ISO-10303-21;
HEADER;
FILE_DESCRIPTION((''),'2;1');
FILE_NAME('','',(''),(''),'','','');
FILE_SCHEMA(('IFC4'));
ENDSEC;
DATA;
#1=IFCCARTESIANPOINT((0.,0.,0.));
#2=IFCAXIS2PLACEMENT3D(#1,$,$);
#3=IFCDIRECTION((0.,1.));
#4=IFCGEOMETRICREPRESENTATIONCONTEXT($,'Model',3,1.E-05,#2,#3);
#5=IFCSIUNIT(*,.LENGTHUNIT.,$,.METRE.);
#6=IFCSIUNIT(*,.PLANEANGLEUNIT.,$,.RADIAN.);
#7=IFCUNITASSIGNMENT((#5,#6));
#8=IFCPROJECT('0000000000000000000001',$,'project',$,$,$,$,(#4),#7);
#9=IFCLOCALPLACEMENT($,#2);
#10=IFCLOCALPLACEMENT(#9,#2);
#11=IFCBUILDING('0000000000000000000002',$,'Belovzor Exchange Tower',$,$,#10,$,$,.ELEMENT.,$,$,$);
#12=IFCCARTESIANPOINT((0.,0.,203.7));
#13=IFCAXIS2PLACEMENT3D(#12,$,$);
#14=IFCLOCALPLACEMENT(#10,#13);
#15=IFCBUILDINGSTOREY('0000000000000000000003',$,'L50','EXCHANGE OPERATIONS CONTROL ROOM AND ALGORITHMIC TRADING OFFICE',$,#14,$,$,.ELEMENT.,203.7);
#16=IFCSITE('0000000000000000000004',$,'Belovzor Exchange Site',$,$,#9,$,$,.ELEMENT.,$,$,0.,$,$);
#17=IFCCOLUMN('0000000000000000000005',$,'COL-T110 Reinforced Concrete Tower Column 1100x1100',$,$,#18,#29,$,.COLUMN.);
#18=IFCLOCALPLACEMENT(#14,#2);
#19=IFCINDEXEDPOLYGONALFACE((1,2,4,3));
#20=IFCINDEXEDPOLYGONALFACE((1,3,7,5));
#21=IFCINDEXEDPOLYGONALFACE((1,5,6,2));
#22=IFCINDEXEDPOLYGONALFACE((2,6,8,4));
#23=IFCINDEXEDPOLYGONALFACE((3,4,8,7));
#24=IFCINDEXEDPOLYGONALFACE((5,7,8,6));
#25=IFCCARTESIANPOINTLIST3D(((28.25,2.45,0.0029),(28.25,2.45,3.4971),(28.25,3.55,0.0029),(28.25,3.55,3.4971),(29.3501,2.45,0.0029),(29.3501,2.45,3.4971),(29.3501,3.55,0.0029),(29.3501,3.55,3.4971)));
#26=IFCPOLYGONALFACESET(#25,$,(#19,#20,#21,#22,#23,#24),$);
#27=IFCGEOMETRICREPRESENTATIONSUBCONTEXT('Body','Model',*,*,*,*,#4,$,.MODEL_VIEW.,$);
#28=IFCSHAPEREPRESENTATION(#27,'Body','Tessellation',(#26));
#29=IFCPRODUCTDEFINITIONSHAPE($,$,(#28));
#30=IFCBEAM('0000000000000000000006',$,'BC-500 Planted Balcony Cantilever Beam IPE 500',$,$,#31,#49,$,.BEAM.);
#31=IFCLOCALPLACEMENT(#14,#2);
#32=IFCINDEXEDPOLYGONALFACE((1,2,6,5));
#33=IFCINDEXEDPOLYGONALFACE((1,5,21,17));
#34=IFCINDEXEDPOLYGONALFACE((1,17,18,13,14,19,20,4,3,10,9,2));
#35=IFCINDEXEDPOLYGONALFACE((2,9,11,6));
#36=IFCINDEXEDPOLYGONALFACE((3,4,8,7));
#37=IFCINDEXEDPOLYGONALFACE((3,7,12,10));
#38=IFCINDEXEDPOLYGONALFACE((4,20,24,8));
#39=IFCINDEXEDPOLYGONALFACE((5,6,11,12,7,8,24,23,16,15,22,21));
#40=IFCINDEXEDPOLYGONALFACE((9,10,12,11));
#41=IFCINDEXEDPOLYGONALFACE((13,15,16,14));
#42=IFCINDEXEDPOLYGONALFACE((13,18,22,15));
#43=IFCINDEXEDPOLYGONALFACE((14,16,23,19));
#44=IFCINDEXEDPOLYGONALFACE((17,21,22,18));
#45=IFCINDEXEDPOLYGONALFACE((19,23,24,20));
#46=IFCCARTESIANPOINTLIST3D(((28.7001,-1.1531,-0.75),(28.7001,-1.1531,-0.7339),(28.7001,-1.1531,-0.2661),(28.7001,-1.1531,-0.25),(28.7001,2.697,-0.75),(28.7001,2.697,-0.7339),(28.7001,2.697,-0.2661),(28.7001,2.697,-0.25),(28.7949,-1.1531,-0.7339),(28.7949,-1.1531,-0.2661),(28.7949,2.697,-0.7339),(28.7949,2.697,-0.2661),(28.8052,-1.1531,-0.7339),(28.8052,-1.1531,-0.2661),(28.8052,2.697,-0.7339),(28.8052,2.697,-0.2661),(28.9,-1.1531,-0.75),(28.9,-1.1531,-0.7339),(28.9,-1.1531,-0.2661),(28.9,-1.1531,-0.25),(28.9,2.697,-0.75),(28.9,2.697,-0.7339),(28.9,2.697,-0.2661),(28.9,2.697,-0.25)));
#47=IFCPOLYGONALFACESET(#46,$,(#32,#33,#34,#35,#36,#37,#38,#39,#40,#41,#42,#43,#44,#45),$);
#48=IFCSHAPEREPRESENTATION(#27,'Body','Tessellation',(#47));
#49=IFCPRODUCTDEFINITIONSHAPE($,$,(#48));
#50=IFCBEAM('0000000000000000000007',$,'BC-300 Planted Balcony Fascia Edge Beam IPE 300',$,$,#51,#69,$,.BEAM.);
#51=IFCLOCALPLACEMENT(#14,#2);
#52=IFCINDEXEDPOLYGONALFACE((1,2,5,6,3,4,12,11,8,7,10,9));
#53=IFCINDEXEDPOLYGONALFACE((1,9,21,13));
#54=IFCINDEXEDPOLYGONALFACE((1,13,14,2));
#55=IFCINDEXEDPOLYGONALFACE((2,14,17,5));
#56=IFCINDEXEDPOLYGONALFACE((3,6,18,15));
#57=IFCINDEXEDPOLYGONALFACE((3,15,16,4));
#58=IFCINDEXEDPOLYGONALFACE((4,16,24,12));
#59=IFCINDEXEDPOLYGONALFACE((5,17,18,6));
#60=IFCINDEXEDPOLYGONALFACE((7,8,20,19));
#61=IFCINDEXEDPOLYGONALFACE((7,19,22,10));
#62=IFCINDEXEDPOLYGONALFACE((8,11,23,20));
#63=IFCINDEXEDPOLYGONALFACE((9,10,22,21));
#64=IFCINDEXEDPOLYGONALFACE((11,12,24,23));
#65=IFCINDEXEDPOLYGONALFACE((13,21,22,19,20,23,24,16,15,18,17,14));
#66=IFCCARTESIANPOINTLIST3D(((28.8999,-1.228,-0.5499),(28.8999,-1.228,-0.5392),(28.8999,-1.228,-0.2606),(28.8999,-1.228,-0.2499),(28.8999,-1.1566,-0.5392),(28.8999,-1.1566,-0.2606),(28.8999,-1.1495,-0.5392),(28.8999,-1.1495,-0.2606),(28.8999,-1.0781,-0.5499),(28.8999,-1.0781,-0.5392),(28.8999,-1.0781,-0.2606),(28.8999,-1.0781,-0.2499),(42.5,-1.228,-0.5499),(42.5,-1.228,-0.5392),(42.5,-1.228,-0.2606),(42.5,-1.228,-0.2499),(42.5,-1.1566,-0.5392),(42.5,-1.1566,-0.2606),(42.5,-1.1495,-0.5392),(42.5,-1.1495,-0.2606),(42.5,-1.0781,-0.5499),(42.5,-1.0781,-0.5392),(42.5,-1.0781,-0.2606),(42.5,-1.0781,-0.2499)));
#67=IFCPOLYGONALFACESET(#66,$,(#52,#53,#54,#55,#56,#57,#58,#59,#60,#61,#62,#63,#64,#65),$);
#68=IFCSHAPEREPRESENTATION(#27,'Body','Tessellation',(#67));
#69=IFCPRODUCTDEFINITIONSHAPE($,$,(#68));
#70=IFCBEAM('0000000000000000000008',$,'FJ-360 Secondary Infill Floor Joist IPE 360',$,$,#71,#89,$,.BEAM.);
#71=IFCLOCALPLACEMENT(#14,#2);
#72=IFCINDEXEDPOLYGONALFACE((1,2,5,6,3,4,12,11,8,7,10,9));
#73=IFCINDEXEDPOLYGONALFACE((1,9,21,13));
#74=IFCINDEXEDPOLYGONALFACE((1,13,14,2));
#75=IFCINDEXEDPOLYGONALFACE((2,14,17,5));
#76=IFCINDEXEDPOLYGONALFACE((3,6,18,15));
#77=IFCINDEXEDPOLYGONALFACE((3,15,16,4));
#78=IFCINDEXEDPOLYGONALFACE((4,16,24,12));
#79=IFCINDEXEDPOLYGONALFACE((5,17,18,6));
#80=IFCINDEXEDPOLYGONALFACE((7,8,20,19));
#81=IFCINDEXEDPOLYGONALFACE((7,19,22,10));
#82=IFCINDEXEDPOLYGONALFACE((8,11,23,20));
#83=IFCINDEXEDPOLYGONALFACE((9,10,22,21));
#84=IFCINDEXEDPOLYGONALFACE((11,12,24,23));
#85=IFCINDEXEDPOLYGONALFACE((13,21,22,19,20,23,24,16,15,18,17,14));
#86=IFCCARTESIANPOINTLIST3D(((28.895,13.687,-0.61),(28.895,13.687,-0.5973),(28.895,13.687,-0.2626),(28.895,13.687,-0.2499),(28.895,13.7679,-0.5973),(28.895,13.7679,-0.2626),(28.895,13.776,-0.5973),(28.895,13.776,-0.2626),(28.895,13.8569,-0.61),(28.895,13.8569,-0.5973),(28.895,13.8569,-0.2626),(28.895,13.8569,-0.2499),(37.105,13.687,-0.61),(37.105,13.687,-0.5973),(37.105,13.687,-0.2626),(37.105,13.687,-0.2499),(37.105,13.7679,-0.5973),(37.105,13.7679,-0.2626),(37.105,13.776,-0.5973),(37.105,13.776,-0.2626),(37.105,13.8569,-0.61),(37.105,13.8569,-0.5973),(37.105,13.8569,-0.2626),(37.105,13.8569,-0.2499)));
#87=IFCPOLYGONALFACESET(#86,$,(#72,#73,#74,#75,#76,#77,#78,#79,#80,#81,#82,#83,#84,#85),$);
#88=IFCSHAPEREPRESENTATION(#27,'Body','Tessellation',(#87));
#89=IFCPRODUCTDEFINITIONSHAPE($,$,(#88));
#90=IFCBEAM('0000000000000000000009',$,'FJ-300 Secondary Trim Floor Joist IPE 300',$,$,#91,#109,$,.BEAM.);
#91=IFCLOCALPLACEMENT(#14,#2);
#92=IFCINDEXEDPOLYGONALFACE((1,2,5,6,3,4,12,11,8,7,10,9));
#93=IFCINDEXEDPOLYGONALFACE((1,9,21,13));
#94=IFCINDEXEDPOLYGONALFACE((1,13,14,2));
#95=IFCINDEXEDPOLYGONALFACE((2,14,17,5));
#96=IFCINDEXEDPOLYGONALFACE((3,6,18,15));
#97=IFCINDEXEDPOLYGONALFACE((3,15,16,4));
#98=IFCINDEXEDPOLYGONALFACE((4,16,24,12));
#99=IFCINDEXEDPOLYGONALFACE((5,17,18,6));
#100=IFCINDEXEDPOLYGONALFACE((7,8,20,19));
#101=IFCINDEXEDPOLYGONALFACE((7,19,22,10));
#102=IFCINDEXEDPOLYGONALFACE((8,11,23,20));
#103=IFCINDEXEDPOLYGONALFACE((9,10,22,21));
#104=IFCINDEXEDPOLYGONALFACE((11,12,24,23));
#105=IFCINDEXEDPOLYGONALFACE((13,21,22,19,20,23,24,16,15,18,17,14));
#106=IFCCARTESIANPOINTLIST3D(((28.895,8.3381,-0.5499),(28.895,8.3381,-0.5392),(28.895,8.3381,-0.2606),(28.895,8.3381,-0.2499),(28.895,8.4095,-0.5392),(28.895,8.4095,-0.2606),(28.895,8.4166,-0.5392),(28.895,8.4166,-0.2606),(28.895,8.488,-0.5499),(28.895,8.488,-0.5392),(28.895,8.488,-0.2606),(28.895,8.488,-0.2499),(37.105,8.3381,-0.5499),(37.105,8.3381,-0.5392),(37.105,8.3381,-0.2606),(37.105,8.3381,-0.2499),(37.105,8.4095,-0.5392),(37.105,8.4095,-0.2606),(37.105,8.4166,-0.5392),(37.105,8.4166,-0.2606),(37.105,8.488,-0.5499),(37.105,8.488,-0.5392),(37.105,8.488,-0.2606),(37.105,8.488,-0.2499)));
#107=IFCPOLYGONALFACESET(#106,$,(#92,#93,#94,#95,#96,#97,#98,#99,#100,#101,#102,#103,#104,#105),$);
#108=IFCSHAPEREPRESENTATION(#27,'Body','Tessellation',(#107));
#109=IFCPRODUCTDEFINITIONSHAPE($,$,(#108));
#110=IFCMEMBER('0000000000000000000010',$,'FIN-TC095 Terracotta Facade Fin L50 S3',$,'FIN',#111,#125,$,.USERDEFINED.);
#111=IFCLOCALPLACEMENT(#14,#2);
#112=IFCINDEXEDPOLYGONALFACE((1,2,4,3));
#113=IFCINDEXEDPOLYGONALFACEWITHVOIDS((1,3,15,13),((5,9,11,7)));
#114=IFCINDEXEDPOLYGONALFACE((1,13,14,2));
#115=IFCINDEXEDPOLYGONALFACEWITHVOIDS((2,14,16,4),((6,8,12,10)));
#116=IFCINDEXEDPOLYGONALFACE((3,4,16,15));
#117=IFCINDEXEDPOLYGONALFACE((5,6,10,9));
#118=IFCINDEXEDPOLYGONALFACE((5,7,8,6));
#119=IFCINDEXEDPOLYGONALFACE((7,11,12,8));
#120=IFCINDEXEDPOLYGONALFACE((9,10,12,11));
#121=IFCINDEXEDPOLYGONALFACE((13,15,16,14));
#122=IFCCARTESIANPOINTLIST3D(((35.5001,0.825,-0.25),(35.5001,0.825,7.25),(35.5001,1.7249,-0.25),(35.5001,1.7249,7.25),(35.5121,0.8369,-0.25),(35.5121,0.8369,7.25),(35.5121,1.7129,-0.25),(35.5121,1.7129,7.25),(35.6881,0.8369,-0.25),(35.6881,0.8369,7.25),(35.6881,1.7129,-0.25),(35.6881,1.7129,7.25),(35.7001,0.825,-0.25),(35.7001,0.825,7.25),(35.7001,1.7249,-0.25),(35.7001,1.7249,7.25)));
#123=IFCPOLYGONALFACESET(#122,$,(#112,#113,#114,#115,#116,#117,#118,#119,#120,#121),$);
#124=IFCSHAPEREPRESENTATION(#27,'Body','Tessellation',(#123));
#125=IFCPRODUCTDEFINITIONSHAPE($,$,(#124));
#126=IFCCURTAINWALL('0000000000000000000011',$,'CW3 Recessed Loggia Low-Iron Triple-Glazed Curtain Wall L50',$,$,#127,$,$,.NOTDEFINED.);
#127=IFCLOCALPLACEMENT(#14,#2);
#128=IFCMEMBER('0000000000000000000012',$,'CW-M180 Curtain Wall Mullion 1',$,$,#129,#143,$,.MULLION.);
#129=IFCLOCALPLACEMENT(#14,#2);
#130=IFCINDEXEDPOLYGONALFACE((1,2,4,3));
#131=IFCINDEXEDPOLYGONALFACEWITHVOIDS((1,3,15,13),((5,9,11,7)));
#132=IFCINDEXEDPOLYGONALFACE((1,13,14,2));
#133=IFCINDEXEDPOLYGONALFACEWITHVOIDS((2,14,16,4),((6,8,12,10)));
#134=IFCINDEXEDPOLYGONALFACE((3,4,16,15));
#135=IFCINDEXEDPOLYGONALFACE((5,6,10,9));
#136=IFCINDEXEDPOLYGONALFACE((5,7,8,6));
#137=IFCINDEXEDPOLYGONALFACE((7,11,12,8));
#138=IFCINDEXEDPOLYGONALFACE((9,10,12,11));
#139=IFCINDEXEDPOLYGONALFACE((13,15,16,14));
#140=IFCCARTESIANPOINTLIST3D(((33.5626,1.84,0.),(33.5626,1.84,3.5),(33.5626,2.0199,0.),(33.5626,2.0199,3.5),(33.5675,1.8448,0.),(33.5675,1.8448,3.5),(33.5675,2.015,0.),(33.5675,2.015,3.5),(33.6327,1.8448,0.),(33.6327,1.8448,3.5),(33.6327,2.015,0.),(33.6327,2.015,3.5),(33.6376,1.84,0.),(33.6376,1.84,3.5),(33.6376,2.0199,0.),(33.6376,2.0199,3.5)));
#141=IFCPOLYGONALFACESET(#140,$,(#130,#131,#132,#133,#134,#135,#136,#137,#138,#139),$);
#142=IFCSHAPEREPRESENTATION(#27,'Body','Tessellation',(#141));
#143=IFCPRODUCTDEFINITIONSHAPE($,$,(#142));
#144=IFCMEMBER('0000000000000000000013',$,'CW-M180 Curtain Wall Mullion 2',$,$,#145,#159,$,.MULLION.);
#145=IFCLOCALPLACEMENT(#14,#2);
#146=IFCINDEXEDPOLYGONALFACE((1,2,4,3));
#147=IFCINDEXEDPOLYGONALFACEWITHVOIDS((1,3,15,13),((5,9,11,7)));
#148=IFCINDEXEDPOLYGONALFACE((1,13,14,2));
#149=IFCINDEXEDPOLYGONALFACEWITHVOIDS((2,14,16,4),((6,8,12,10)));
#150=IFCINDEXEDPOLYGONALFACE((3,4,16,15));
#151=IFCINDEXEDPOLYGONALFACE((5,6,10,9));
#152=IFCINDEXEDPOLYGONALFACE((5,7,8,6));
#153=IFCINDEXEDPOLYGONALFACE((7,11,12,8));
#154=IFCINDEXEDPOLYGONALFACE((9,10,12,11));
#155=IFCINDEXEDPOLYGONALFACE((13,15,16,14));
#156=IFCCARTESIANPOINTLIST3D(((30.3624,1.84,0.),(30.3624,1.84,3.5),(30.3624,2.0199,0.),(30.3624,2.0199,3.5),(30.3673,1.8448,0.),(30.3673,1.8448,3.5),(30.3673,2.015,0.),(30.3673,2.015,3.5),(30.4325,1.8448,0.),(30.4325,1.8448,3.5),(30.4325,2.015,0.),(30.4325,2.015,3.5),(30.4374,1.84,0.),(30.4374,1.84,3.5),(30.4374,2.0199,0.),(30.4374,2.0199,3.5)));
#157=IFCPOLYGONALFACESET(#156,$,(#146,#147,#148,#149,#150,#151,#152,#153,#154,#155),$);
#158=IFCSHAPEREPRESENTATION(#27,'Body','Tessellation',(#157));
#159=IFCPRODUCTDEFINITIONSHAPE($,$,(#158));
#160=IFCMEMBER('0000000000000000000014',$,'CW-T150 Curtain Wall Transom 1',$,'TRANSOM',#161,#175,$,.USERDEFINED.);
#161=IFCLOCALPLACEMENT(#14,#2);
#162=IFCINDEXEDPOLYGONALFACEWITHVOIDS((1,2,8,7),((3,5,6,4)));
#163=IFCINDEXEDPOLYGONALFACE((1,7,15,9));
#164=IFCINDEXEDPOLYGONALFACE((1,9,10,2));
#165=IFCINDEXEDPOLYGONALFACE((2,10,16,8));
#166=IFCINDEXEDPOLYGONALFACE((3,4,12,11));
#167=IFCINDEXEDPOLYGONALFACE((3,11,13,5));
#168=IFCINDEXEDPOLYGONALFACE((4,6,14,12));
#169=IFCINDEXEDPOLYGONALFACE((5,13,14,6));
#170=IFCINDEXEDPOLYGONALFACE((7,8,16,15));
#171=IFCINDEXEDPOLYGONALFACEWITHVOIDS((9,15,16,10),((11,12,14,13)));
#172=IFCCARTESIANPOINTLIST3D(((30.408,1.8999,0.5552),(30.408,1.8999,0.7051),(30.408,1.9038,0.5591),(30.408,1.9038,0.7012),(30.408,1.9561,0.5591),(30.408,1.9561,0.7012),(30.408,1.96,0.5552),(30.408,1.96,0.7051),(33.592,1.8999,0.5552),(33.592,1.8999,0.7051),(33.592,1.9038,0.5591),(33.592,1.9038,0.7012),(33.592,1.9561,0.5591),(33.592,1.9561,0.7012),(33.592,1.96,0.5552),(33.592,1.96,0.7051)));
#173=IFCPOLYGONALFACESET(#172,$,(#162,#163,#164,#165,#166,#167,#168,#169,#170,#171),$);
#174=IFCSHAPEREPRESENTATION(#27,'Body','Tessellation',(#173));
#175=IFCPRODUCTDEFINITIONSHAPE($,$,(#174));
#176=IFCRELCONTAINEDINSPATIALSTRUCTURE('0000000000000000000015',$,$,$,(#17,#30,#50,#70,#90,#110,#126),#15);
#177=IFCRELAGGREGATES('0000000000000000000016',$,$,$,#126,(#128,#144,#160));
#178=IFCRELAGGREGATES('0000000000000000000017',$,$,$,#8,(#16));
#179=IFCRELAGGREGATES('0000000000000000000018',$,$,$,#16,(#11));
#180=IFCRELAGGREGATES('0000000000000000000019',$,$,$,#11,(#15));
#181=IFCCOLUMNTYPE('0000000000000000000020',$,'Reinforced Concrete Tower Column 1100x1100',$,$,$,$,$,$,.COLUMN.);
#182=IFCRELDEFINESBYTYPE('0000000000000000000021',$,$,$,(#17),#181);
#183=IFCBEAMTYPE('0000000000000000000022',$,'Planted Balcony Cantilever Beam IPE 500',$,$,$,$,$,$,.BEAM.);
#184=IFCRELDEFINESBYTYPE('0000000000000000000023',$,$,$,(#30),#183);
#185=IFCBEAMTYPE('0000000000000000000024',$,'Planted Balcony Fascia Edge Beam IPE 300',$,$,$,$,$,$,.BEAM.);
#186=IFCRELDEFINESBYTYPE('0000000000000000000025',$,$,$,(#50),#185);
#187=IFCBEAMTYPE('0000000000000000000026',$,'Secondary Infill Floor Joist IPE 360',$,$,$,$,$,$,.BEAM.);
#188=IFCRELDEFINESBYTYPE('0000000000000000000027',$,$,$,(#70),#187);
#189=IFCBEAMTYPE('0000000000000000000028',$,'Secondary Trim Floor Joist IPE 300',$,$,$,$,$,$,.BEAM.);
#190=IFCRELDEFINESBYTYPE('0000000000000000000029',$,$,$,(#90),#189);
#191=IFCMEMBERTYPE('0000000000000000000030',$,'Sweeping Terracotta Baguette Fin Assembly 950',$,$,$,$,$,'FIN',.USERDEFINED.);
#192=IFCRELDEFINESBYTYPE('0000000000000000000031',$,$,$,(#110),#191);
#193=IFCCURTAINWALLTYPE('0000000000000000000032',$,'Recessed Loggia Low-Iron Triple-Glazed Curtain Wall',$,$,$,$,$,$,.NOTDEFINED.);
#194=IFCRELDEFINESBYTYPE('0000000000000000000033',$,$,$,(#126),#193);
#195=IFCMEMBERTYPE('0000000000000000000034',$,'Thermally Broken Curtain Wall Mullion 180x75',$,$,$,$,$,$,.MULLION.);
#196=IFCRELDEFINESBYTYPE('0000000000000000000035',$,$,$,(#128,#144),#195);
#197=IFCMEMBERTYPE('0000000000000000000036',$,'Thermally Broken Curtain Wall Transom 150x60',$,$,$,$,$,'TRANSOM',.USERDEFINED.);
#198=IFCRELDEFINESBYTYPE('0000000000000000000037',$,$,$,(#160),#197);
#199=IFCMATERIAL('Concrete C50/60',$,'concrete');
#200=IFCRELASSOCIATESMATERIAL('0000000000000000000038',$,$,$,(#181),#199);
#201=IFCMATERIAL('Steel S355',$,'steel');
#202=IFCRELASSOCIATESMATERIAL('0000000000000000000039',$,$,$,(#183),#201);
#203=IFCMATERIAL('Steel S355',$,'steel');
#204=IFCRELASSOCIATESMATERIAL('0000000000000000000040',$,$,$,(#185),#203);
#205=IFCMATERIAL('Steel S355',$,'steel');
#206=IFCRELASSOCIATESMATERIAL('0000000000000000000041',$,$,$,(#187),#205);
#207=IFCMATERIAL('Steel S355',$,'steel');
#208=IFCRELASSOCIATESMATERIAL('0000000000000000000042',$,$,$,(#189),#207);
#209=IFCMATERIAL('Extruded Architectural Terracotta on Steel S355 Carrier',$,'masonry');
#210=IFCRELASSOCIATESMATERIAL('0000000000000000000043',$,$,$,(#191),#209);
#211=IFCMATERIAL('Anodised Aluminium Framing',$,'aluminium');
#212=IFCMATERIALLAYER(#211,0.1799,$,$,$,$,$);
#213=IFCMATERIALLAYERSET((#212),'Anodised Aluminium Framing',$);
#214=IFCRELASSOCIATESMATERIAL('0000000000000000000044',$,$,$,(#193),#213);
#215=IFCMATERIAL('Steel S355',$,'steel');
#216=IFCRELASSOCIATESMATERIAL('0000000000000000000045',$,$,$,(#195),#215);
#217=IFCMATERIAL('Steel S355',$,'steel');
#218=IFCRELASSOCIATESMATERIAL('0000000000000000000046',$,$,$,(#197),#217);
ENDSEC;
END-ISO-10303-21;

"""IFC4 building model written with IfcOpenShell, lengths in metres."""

from ifc_helpers import new_model, si_unit, direction, frame, origin, origin_2d, place, context, subcontext, project, spatial, rectangle, hollow_rectangle, i_section, extrude, material, layer, layer_set, material_profile, profile_set, type_object, element, aggregate, save


model = new_model("IFC4")

# Units and contexts
model_context = context("Model", 3, precision=1e-05, world=origin(), true_north=direction((0.0, 1.0)))
body_context = subcontext(model_context, "Body", "Model", "MODEL_VIEW")
ifc_project = project(units=[si_unit("LENGTHUNIT", "METRE"), si_unit("PLANEANGLEUNIT", "RADIAN")], contexts=[model_context])

# Site, building, storey
site_placement = place(None, origin())
site = spatial("IfcSite", under=ifc_project, at=site_placement, Name="Belovzor Exchange Site", CompositionType="ELEMENT", RefElevation=0.0)
building_placement = place(site_placement, origin())
building = spatial("IfcBuilding", under=site, at=building_placement, Name="Belovzor Exchange Tower", CompositionType="ELEMENT")
storey_placement = place(building_placement, frame((0.0, 0.0, 203.7)))
storey = spatial("IfcBuildingStorey", under=building, at=storey_placement, Name="L50", Description="EXCHANGE OPERATIONS CONTROL ROOM AND ALGORITHMIC TRADING OFFICE", CompositionType="ELEMENT", Elevation=203.7)

# Column
ifc_material_1 = material(Name="Concrete C50/60", Category="concrete")
ifc_material_profile_1 = material_profile(ifc_material_1, rectangle(XDim=1.1001, YDim=1.1001, at=origin_2d()))
ifc_profile_set_1 = profile_set([ifc_material_profile_1], Name="Concrete C50/60")
column_type = type_object("IfcColumnType", Name="Reinforced Concrete Tower Column 1100x1100", PredefinedType="COLUMN", material=ifc_profile_set_1)
column_placement = place(storey_placement, frame((28.8, 3.0, 0.0029), z_axis=(0.0, 0.0, 1.0), x_axis=(1.0, 0.0, 0.0)))
element("IfcColumn", 1, at=column_placement, inside=storey, type_object=column_type, Name="COL-T110 Reinforced Concrete Tower Column 1100x1100", PredefinedType="COLUMN", context=body_context, shape_type="SweptSolid", body=[
    extrude(rectangle(XDim=1.1001, YDim=1.1001, at=origin_2d()), origin(), (0.0, 0.0, 1.0), 3.4941),
])

# Beams
ifc_material_2 = material(Name="Steel S355", Category="steel")
ifc_material_profile_2 = material_profile(ifc_material_2, i_section(OverallWidth=0.2, OverallDepth=0.5, WebThickness=0.0103, FlangeThickness=0.0161, at=origin_2d()))
ifc_profile_set_2 = profile_set([ifc_material_profile_2], Name="Steel S355")
beam_type_1 = type_object("IfcBeamType", Name="Planted Balcony Cantilever Beam IPE 500", PredefinedType="BEAM", material=ifc_profile_set_2)
beam_1_placement = place(storey_placement, frame((28.8, 2.697, -0.5), z_axis=(0.0, -1.0, 0.0), x_axis=(1.0, 0.0, 0.0)))
element("IfcBeam", 2, at=beam_1_placement, inside=storey, type_object=beam_type_1, Name="BC-500 Planted Balcony Cantilever Beam IPE 500", PredefinedType="BEAM", context=body_context, shape_type="SweptSolid", body=[
    extrude(i_section(OverallWidth=0.2, OverallDepth=0.5, WebThickness=0.0103, FlangeThickness=0.0161, at=origin_2d()), origin(), (0.0, 0.0, 1.0), 3.8501),
])
ifc_material_3 = material(Name="Steel S355", Category="steel")
ifc_material_profile_3 = material_profile(ifc_material_3, i_section(OverallWidth=0.1499, OverallDepth=0.3, WebThickness=0.0071, FlangeThickness=0.0107, at=origin_2d()))
ifc_profile_set_3 = profile_set([ifc_material_profile_3], Name="Steel S355")
beam_type_2 = type_object("IfcBeamType", Name="Planted Balcony Fascia Edge Beam IPE 300", PredefinedType="BEAM", material=ifc_profile_set_3)
beam_2_placement = place(storey_placement, frame((28.8999, -1.1531, -0.3999), z_axis=(1.0, 0.0, 0.0), x_axis=(0.0, 1.0, 0.0)))
element("IfcBeam", 3, at=beam_2_placement, inside=storey, type_object=beam_type_2, Name="BC-300 Planted Balcony Fascia Edge Beam IPE 300", PredefinedType="BEAM", context=body_context, shape_type="SweptSolid", body=[
    extrude(i_section(OverallWidth=0.1499, OverallDepth=0.3, WebThickness=0.0071, FlangeThickness=0.0107, at=origin_2d()), origin(), (0.0, 0.0, 1.0), 13.6001),
])
ifc_material_4 = material(Name="Steel S355", Category="steel")
ifc_material_profile_4 = material_profile(ifc_material_4, i_section(OverallWidth=0.1699, OverallDepth=0.3601, WebThickness=0.0081, FlangeThickness=0.0127, at=origin_2d()))
ifc_profile_set_4 = profile_set([ifc_material_profile_4], Name="Steel S355")
beam_type_3 = type_object("IfcBeamType", Name="Secondary Infill Floor Joist IPE 360", PredefinedType="BEAM", material=ifc_profile_set_4)
beam_3_placement = place(storey_placement, frame((28.895, 13.772, -0.4299), z_axis=(1.0, 0.0, 0.0), x_axis=(0.0, 1.0, 0.0)))
element("IfcBeam", 4, at=beam_3_placement, inside=storey, type_object=beam_type_3, Name="FJ-360 Secondary Infill Floor Joist IPE 360", PredefinedType="BEAM", context=body_context, shape_type="SweptSolid", body=[
    extrude(i_section(OverallWidth=0.1699, OverallDepth=0.3601, WebThickness=0.0081, FlangeThickness=0.0127, at=origin_2d()), origin(), (0.0, 0.0, 1.0), 8.21),
])
ifc_material_5 = material(Name="Steel S355", Category="steel")
ifc_material_profile_5 = material_profile(ifc_material_5, i_section(OverallWidth=0.1499, OverallDepth=0.3, WebThickness=0.0071, FlangeThickness=0.0107, at=origin_2d()))
ifc_profile_set_5 = profile_set([ifc_material_profile_5], Name="Steel S355")
beam_type_4 = type_object("IfcBeamType", Name="Secondary Trim Floor Joist IPE 300", PredefinedType="BEAM", material=ifc_profile_set_5)
beam_4_placement = place(storey_placement, frame((28.895, 8.4131, -0.3999), z_axis=(1.0, 0.0, 0.0), x_axis=(0.0, 1.0, 0.0)))
element("IfcBeam", 5, at=beam_4_placement, inside=storey, type_object=beam_type_4, Name="FJ-300 Secondary Trim Floor Joist IPE 300", PredefinedType="BEAM", context=body_context, shape_type="SweptSolid", body=[
    extrude(i_section(OverallWidth=0.1499, OverallDepth=0.3, WebThickness=0.0071, FlangeThickness=0.0107, at=origin_2d()), origin(), (0.0, 0.0, 1.0), 8.21),
])

# Member
ifc_material_6 = material(Name="Extruded Architectural Terracotta on Steel S355 Carrier", Category="masonry")
ifc_material_profile_6 = material_profile(ifc_material_6, hollow_rectangle(XDim=0.2, YDim=0.8999, WallThickness=0.012, at=origin_2d()))
ifc_profile_set_6 = profile_set([ifc_material_profile_6], Name="Extruded Architectural Terracotta on Steel S355 Carrier")
member_type_1 = type_object("IfcMemberType", Name="Sweeping Terracotta Baguette Fin Assembly 950", ElementType="FIN", PredefinedType="USERDEFINED", material=ifc_profile_set_6)
member_1_placement = place(storey_placement, frame((35.6001, 1.2749, -0.25), z_axis=(0.0, 0.0, 1.0), x_axis=(1.0, 0.0, 0.0)))
element("IfcMember", 6, at=member_1_placement, inside=storey, type_object=member_type_1, Name="FIN-TC095 Terracotta Facade Fin L50 S3", ObjectType="FIN", PredefinedType="USERDEFINED", context=body_context, shape_type="SweptSolid", body=[
    extrude(hollow_rectangle(XDim=0.2, YDim=0.8999, WallThickness=0.012, at=origin_2d()), origin(), (0.0, 0.0, 1.0), 7.5),
])

# Curtain wall, members
ifc_material_7 = material(Name="Anodised Aluminium Framing", Category="aluminium")
ifc_layer_1 = layer(ifc_material_7, 0.1799)
ifc_layer_set_1 = layer_set([ifc_layer_1], Name="Anodised Aluminium Framing")
curtain_wall_type = type_object("IfcCurtainWallType", Name="Recessed Loggia Low-Iron Triple-Glazed Curtain Wall", PredefinedType="NOTDEFINED", material=ifc_layer_set_1)
curtain_wall_placement = place(storey_placement, origin())
curtain_wall = element("IfcCurtainWall", 7, at=curtain_wall_placement, inside=storey, type_object=curtain_wall_type, Name="CW3 Recessed Loggia Low-Iron Triple-Glazed Curtain Wall L50", PredefinedType="NOTDEFINED")
ifc_material_8 = material(Name="Steel S355", Category="steel")
ifc_material_profile_7 = material_profile(ifc_material_8, hollow_rectangle(XDim=0.075, YDim=0.1799, WallThickness=0.0049, at=origin_2d()))
ifc_profile_set_7 = profile_set([ifc_material_profile_7], Name="Steel S355")
member_type_2 = type_object("IfcMemberType", Name="Thermally Broken Curtain Wall Mullion 180x75", PredefinedType="MULLION", material=ifc_profile_set_7)
member_2_placement = place(storey_placement, frame((33.6001, 1.9299, 0.0), z_axis=(0.0, 0.0, 1.0), x_axis=(-1.0, 0.0, 0.0)))
member_2 = element("IfcMember", 8, at=member_2_placement, type_object=member_type_2, Name="CW-M180 Curtain Wall Mullion 1", PredefinedType="MULLION", context=body_context, shape_type="SweptSolid", body=[
    extrude(hollow_rectangle(XDim=0.075, YDim=0.1799, WallThickness=0.0049, at=origin_2d()), origin(), (0.0, 0.0, 1.0), 3.5),
])
member_3_placement = place(storey_placement, frame((30.3999, 1.9299, 0.0), z_axis=(0.0, 0.0, 1.0), x_axis=(-1.0, 0.0, 0.0)))
member_3 = element("IfcMember", 9, at=member_3_placement, type_object=member_type_2, Name="CW-M180 Curtain Wall Mullion 2", PredefinedType="MULLION", context=body_context, shape_type="SweptSolid", body=[
    extrude(hollow_rectangle(XDim=0.075, YDim=0.1799, WallThickness=0.0049, at=origin_2d()), origin(), (0.0, 0.0, 1.0), 3.5),
])
ifc_material_9 = material(Name="Steel S355", Category="steel")
ifc_material_profile_8 = material_profile(ifc_material_9, hollow_rectangle(XDim=0.0601, YDim=0.1499, WallThickness=0.0039, at=origin_2d()))
ifc_profile_set_8 = profile_set([ifc_material_profile_8], Name="Steel S355")
member_type_3 = type_object("IfcMemberType", Name="Thermally Broken Curtain Wall Transom 150x60", ElementType="TRANSOM", PredefinedType="USERDEFINED", material=ifc_profile_set_8)
member_4_placement = place(storey_placement, frame((33.592, 1.9299, 0.6301), z_axis=(-1.0, 0.0, 0.0), x_axis=(0.0, -1.0, 0.0)))
member_4 = element("IfcMember", 10, at=member_4_placement, type_object=member_type_3, Name="CW-T150 Curtain Wall Transom 1", ObjectType="TRANSOM", PredefinedType="USERDEFINED", context=body_context, shape_type="SweptSolid", body=[
    extrude(hollow_rectangle(XDim=0.0601, YDim=0.1499, WallThickness=0.0039, at=origin_2d()), origin(), (0.0, 0.0, 1.0), 3.1841),
])

aggregate(curtain_wall, [member_2, member_3, member_4])

save(model, "model.ifc")
